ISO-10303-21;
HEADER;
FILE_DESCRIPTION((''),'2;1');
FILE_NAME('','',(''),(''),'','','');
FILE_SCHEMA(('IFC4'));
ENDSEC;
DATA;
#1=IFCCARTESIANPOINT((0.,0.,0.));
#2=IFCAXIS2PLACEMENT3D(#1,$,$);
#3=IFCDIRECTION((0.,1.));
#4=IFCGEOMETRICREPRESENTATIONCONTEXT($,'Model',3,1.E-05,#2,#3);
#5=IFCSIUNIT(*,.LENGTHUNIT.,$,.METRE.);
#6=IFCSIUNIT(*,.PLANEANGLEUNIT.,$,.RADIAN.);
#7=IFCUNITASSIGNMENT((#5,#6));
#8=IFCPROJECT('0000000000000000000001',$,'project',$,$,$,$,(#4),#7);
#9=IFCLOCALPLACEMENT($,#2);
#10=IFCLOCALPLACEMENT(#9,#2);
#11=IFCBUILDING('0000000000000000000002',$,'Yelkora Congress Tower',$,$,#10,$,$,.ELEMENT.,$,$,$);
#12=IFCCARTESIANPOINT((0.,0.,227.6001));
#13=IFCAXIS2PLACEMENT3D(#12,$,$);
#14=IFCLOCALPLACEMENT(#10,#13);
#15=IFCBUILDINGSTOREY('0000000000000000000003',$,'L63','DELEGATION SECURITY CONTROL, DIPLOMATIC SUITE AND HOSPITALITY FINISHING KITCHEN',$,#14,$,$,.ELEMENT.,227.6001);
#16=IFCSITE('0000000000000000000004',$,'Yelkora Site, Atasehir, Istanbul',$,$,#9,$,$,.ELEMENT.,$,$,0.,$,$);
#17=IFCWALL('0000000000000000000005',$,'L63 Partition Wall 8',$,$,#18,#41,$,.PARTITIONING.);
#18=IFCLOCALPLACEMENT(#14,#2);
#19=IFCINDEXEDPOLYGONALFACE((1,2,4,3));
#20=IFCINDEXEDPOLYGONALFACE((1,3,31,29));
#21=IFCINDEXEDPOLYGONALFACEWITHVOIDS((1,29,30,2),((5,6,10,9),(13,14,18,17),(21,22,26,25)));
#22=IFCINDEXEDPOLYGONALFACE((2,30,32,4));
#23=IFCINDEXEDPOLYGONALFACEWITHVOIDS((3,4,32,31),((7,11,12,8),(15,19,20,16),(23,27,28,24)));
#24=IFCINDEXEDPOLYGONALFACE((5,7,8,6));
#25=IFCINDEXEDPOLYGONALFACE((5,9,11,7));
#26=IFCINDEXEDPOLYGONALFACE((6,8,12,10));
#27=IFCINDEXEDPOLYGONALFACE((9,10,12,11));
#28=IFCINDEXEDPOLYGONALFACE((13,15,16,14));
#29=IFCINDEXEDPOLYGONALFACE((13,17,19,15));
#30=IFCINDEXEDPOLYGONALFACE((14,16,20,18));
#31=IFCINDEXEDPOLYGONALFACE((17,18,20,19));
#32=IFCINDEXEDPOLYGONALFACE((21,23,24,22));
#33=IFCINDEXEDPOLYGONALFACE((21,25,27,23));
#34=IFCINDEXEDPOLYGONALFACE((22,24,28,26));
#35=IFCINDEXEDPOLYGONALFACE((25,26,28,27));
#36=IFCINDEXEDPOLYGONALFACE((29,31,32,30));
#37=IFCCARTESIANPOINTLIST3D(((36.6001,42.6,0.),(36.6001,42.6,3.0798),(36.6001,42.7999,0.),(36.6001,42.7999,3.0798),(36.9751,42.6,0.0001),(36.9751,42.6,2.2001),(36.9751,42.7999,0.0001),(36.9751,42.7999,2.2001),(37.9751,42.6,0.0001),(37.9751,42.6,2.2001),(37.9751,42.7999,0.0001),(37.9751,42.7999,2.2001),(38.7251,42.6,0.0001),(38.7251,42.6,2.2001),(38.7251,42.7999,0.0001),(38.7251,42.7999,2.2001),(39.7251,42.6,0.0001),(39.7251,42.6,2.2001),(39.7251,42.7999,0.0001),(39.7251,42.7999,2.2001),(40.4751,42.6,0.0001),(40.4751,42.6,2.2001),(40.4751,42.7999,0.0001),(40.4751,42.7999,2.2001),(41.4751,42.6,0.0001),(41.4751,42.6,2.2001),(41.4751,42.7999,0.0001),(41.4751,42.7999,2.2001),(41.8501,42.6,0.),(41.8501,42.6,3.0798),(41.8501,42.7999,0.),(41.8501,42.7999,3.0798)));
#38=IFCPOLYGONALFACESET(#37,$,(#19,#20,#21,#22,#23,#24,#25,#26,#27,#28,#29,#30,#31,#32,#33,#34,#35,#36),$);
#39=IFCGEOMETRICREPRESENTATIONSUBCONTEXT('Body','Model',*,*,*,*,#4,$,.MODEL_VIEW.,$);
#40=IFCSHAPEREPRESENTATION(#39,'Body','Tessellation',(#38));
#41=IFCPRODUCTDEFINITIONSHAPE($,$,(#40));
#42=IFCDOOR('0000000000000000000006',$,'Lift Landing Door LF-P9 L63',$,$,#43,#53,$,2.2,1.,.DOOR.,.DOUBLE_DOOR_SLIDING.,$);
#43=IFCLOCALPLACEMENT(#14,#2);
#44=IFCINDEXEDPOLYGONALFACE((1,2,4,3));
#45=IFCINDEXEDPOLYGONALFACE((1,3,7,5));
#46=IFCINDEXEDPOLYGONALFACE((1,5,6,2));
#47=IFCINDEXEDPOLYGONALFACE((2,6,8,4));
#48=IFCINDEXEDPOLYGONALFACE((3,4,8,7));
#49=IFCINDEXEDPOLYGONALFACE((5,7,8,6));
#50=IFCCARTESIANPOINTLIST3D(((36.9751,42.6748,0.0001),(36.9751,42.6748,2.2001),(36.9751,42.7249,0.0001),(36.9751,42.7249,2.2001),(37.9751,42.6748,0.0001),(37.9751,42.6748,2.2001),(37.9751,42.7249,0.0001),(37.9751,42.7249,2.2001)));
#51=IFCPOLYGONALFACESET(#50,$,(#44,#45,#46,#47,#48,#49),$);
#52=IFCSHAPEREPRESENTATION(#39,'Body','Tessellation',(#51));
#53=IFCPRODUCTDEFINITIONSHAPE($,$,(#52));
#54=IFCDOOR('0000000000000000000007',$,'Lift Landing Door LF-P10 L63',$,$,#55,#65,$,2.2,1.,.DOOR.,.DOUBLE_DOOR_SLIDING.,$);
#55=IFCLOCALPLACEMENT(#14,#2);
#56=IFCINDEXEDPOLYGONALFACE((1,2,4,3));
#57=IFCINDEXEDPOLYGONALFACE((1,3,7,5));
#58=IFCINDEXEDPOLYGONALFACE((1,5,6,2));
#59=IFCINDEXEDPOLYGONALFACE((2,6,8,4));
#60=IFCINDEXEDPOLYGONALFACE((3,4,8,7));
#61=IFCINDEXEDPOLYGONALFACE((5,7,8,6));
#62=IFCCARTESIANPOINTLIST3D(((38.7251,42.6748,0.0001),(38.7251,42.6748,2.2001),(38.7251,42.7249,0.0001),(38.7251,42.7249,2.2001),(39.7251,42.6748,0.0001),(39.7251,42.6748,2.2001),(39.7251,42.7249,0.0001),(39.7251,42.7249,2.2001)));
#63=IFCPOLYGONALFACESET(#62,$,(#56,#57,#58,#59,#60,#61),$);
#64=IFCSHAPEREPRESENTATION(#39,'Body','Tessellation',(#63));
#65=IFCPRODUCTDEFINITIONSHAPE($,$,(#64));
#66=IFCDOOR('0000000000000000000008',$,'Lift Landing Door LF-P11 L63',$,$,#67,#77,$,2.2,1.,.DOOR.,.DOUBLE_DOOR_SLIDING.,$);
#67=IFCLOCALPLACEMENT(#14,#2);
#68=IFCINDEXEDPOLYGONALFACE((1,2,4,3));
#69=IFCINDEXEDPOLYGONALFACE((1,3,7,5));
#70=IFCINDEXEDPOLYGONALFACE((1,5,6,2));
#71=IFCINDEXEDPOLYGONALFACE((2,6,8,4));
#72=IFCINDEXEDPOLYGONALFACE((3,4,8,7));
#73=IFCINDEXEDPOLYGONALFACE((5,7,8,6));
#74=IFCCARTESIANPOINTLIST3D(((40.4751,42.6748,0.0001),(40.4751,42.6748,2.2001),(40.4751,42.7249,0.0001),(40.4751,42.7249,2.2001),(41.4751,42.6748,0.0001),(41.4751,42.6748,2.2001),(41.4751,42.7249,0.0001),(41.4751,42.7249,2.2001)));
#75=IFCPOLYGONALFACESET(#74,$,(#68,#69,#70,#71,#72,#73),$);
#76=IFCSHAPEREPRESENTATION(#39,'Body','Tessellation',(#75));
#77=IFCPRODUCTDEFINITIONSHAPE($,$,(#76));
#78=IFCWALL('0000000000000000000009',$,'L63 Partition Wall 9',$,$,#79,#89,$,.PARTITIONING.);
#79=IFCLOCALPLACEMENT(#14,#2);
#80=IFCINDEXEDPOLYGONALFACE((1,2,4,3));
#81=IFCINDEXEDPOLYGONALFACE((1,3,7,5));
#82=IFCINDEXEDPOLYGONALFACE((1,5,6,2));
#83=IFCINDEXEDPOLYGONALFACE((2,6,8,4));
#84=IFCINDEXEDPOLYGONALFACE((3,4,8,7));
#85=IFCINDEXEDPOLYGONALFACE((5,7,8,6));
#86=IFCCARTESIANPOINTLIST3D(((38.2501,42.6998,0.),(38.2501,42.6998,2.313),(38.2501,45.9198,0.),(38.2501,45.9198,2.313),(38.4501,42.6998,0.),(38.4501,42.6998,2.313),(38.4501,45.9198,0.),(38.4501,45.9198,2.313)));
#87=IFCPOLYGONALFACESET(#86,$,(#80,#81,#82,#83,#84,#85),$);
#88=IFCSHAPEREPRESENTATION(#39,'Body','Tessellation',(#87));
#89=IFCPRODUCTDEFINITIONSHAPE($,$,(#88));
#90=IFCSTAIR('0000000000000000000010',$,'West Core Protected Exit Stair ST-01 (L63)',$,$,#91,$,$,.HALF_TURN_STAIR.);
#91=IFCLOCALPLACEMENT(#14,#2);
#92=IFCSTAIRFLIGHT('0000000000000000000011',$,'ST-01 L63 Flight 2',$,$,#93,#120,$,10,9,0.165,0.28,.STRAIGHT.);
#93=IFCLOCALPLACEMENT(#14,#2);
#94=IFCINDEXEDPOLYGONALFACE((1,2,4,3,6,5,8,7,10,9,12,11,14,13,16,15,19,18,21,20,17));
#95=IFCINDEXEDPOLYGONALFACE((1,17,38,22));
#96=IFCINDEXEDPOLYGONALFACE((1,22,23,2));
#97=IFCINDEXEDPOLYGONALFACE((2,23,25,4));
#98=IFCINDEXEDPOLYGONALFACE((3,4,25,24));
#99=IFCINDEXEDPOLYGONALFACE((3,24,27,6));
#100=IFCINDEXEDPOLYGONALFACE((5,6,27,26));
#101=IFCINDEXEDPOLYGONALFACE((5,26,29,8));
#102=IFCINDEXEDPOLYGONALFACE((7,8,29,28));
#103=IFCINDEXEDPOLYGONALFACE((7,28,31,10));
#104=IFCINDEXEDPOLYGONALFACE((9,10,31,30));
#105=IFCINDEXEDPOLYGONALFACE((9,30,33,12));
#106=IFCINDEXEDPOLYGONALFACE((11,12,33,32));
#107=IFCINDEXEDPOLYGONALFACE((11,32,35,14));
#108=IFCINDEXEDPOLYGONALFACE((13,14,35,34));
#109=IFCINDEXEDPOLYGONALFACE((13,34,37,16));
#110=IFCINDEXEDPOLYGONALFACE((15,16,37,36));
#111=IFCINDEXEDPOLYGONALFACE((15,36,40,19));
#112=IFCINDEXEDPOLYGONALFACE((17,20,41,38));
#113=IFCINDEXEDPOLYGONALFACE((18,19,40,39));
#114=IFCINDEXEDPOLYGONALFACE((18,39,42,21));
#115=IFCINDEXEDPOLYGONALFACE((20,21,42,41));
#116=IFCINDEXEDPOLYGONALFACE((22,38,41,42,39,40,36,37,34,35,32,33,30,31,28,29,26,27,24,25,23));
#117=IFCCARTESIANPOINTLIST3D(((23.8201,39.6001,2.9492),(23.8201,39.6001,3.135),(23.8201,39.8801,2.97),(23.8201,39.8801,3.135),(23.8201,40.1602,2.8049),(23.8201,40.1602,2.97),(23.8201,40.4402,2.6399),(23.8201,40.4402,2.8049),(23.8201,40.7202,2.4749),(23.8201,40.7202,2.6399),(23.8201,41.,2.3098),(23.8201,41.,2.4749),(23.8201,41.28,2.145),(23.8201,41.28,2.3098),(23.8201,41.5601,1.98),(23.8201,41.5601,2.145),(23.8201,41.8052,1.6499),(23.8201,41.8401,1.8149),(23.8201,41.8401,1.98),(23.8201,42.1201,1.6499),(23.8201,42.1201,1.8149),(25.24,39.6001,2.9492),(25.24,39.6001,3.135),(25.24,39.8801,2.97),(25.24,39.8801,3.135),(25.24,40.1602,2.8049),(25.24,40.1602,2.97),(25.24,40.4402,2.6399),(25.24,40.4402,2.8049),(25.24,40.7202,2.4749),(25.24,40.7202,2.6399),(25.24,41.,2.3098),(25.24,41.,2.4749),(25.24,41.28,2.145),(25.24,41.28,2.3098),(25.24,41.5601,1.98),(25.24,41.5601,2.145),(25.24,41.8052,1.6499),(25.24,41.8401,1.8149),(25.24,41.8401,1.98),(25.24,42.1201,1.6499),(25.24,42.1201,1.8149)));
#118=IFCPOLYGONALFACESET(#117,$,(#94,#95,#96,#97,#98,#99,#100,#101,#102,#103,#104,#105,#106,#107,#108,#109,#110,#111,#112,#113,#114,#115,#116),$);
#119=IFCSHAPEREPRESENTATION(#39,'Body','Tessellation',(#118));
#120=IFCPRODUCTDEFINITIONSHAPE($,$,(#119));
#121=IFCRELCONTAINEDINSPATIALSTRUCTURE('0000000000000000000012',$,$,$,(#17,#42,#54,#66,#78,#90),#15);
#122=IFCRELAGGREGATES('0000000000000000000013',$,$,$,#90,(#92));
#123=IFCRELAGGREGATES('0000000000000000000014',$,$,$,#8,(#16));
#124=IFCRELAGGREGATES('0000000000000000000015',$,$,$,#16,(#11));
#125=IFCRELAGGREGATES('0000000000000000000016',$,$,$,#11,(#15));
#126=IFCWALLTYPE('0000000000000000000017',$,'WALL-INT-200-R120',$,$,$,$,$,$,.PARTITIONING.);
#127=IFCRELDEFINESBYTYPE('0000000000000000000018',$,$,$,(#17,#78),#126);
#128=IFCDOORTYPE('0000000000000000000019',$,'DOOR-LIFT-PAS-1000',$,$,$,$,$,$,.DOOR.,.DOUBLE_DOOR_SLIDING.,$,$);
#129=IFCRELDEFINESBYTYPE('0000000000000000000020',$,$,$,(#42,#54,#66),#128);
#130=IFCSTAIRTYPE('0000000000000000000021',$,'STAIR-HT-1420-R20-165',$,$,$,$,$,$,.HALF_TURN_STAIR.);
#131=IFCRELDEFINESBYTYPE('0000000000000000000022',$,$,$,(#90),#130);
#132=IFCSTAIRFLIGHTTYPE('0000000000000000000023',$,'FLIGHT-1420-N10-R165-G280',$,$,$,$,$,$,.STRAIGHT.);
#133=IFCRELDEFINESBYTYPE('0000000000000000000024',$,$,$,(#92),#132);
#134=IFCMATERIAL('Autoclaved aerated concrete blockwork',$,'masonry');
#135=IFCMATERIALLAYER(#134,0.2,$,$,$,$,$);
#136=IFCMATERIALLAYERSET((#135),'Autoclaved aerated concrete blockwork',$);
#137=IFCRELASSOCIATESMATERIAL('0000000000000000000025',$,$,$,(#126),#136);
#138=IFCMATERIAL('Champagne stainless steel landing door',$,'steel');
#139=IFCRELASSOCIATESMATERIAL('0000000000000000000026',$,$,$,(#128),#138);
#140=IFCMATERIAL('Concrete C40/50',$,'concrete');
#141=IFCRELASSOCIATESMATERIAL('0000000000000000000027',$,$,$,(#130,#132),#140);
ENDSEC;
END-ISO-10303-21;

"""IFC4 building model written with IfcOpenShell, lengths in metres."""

from ifc_helpers import new_model, si_unit, direction, frame, frame_2d, origin, place, context, subcontext, project, spatial, polyline, rectangle, outline, extrude, material, layer, layer_set, type_object, element, fill, aggregate, save


model = new_model("IFC4")

# Units and contexts
model_context = context("Model", 3, precision=1e-05, world=origin(), true_north=direction((0.0, 1.0)))
body_context = subcontext(model_context, "Body", "Model", "MODEL_VIEW")
ifc_project = project(units=[si_unit("LENGTHUNIT", "METRE"), si_unit("PLANEANGLEUNIT", "RADIAN")], contexts=[model_context])

# Site, building, storey
site_placement = place(None, origin())
site = spatial("IfcSite", under=ifc_project, at=site_placement, Name="Yelkora Site, Atasehir, Istanbul", CompositionType="ELEMENT", RefElevation=0.0)
building_placement = place(site_placement, origin())
building = spatial("IfcBuilding", under=site, at=building_placement, Name="Yelkora Congress Tower", CompositionType="ELEMENT")
storey_placement = place(building_placement, frame((0.0, 0.0, 227.6001)))
storey = spatial("IfcBuildingStorey", under=building, at=storey_placement, Name="L63", Description="DELEGATION SECURITY CONTROL, DIPLOMATIC SUITE AND HOSPITALITY FINISHING KITCHEN", CompositionType="ELEMENT", Elevation=227.6001)

# Shared definitions
ifc_material_1 = material(Name="Autoclaved aerated concrete blockwork", Category="masonry")
ifc_layer_1 = layer(ifc_material_1, 0.2)
ifc_layer_set_1 = layer_set([ifc_layer_1], Name="Autoclaved aerated concrete blockwork")
wall_type = type_object("IfcWallType", Name="WALL-INT-200-R120", PredefinedType="PARTITIONING", material=ifc_layer_set_1)

# Wall, openings, doors
wall_1_placement = place(storey_placement, frame((36.6001, 42.7, 0.0), z_axis=(0.0, 0.0, 1.0), x_axis=(1.0, 0.0, 0.0)))
wall_1 = element("IfcWall", 1, at=wall_1_placement, inside=storey, type_object=wall_type, Name="L63 Partition Wall 8", PredefinedType="PARTITIONING", context=body_context, shape_type="SweptSolid", body=[
    extrude(rectangle(XDim=5.25, YDim=0.2, at=frame_2d((2.625, 0.0))), origin(), (0.0, 0.0, 1.0), 3.0798),
])
opening_1_placement = place(wall_1_placement, frame((0.375, 0.0, 0.0)))
opening_1 = element("IfcOpeningElement", 2, at=opening_1_placement, cuts=wall_1, PredefinedType="OPENING", context=body_context, shape_type="SweptSolid", body=[
    extrude(rectangle(XDim=1.0, YDim=2.2, at=frame_2d((0.5, 1.1001))), frame((0.0, 0.1099, 0.0), z_axis=(0.0, -1.0, 0.0), x_axis=(1.0, 0.0, 0.0)), (0.0, 0.0, 1.0), 0.22),
])
opening_2_placement = place(wall_1_placement, frame((2.125, 0.0, 0.0)))
opening_2 = element("IfcOpeningElement", 3, at=opening_2_placement, cuts=wall_1, PredefinedType="OPENING", context=body_context, shape_type="SweptSolid", body=[
    extrude(rectangle(XDim=1.0, YDim=2.2, at=frame_2d((0.5, 1.1001))), frame((0.0, 0.1099, 0.0), z_axis=(0.0, -1.0, 0.0), x_axis=(1.0, 0.0, 0.0)), (0.0, 0.0, 1.0), 0.22),
])
opening_3_placement = place(wall_1_placement, frame((3.875, 0.0, 0.0)))
opening_3 = element("IfcOpeningElement", 4, at=opening_3_placement, cuts=wall_1, PredefinedType="OPENING", context=body_context, shape_type="SweptSolid", body=[
    extrude(rectangle(XDim=1.0, YDim=2.2, at=frame_2d((0.5, 1.1001))), frame((0.0, 0.1099, 0.0), z_axis=(0.0, -1.0, 0.0), x_axis=(1.0, 0.0, 0.0)), (0.0, 0.0, 1.0), 0.22),
])
ifc_material_2 = material(Name="Champagne stainless steel landing door", Category="steel")
door_type_1 = type_object("IfcDoorType", Name="DOOR-LIFT-PAS-1000", OperationType="DOUBLE_DOOR_SLIDING", PredefinedType="DOOR", material=ifc_material_2)
door_1_placement = place(opening_1_placement, origin())
door_1 = element("IfcDoor", 5, at=door_1_placement, inside=storey, type_object=door_type_1, Name="Lift Landing Door LF-P9 L63", OperationType="DOUBLE_DOOR_SLIDING", OverallHeight=2.2, OverallWidth=1.0, PredefinedType="DOOR", context=body_context, shape_type="SweptSolid", body=[
    extrude(rectangle(XDim=1.0, YDim=2.2, at=frame_2d((0.5, 1.1001))), frame((0.0, 0.0249, 0.0), z_axis=(0.0, -1.0, 0.0), x_axis=(1.0, 0.0, 0.0)), (0.0, 0.0, 1.0), 0.05),
])
fill(opening_1, door_1)
door_2_placement = place(opening_2_placement, origin())
door_2 = element("IfcDoor", 6, at=door_2_placement, inside=storey, type_object=door_type_1, Name="Lift Landing Door LF-P10 L63", OperationType="DOUBLE_DOOR_SLIDING", OverallHeight=2.2, OverallWidth=1.0, PredefinedType="DOOR", context=body_context, shape_type="SweptSolid", body=[
    extrude(rectangle(XDim=1.0, YDim=2.2, at=frame_2d((0.5, 1.1001))), frame((0.0, 0.0249, 0.0), z_axis=(0.0, -1.0, 0.0), x_axis=(1.0, 0.0, 0.0)), (0.0, 0.0, 1.0), 0.05),
])
fill(opening_2, door_2)
door_3_placement = place(opening_3_placement, origin())
door_3 = element("IfcDoor", 7, at=door_3_placement, inside=storey, type_object=door_type_1, Name="Lift Landing Door LF-P11 L63", OperationType="DOUBLE_DOOR_SLIDING", OverallHeight=2.2, OverallWidth=1.0, PredefinedType="DOOR", context=body_context, shape_type="SweptSolid", body=[
    extrude(rectangle(XDim=1.0, YDim=2.2, at=frame_2d((0.5, 1.1001))), frame((0.0, 0.0249, 0.0), z_axis=(0.0, -1.0, 0.0), x_axis=(1.0, 0.0, 0.0)), (0.0, 0.0, 1.0), 0.05),
])
fill(opening_3, door_3)

# Wall
wall_2_placement = place(storey_placement, frame((38.3501, 42.7, 0.0), z_axis=(0.0, 0.0, 1.0), x_axis=(0.0, 1.0, 0.0)))
element("IfcWall", 8, at=wall_2_placement, inside=storey, type_object=wall_type, Name="L63 Partition Wall 9", PredefinedType="PARTITIONING", context=body_context, shape_type="SweptSolid", body=[
    extrude(rectangle(XDim=3.22, YDim=0.2, at=frame_2d((1.6099, 0.0))), origin(), (0.0, 0.0, 1.0), 2.313),
])

# Stair, stair flight
ifc_material_3 = material(Name="Concrete C40/50", Category="concrete")
stair_type = type_object("IfcStairType", Name="STAIR-HT-1420-R20-165", PredefinedType="HALF_TURN_STAIR", material=ifc_material_3)
stair_placement = place(storey_placement, origin())
stair = element("IfcStair", 9, at=stair_placement, inside=storey, type_object=stair_type, Name="West Core Protected Exit Stair ST-01 (L63)", PredefinedType="HALF_TURN_STAIR")
stair_flight_type = type_object("IfcStairFlightType", Name="FLIGHT-1420-N10-R165-G280", PredefinedType="STRAIGHT", material=ifc_material_3)
stair_flight_placement = place(storey_placement, frame((24.53, 42.1201, 1.6499), z_axis=(0.0, 0.0, 1.0), x_axis=(0.0, -1.0, 0.0)))
stair_flight = element("IfcStairFlight", 10, at=stair_flight_placement, type_object=stair_flight_type, Name="ST-01 L63 Flight 2", NumberOfRisers=10, NumberOfTreads=9, PredefinedType="STRAIGHT", RiserHeight=0.165, TreadLength=0.28, context=body_context, shape_type="SweptSolid", body=[
    extrude(outline(polyline([(0.0, 0.0), (0.0, 0.165), (0.28, 0.165), (0.28, 0.3301), (0.5601, 0.3301), (0.5601, 0.4951), (0.8401, 0.4951), (0.8401, 0.6599), (1.1201, 0.6599), (1.1201, 0.825), (1.3999, 0.825), (1.3999, 0.99), (1.6799, 0.99), (1.6799, 1.155), (1.96, 1.155), (1.96, 1.3201), (2.24, 1.3201), (2.24, 1.4851), (2.52, 1.4851), (2.52, 1.6499), (2.52, 1.2993), (0.3149, 0.0), (0.0, 0.0)])), frame((0.0, 0.71, 0.0), z_axis=(0.0, -1.0, 0.0), x_axis=(1.0, 0.0, 0.0)), (0.0, 0.0, 1.0), 1.4199),
])
aggregate(stair, [stair_flight])

save(model, "model.ifc")
